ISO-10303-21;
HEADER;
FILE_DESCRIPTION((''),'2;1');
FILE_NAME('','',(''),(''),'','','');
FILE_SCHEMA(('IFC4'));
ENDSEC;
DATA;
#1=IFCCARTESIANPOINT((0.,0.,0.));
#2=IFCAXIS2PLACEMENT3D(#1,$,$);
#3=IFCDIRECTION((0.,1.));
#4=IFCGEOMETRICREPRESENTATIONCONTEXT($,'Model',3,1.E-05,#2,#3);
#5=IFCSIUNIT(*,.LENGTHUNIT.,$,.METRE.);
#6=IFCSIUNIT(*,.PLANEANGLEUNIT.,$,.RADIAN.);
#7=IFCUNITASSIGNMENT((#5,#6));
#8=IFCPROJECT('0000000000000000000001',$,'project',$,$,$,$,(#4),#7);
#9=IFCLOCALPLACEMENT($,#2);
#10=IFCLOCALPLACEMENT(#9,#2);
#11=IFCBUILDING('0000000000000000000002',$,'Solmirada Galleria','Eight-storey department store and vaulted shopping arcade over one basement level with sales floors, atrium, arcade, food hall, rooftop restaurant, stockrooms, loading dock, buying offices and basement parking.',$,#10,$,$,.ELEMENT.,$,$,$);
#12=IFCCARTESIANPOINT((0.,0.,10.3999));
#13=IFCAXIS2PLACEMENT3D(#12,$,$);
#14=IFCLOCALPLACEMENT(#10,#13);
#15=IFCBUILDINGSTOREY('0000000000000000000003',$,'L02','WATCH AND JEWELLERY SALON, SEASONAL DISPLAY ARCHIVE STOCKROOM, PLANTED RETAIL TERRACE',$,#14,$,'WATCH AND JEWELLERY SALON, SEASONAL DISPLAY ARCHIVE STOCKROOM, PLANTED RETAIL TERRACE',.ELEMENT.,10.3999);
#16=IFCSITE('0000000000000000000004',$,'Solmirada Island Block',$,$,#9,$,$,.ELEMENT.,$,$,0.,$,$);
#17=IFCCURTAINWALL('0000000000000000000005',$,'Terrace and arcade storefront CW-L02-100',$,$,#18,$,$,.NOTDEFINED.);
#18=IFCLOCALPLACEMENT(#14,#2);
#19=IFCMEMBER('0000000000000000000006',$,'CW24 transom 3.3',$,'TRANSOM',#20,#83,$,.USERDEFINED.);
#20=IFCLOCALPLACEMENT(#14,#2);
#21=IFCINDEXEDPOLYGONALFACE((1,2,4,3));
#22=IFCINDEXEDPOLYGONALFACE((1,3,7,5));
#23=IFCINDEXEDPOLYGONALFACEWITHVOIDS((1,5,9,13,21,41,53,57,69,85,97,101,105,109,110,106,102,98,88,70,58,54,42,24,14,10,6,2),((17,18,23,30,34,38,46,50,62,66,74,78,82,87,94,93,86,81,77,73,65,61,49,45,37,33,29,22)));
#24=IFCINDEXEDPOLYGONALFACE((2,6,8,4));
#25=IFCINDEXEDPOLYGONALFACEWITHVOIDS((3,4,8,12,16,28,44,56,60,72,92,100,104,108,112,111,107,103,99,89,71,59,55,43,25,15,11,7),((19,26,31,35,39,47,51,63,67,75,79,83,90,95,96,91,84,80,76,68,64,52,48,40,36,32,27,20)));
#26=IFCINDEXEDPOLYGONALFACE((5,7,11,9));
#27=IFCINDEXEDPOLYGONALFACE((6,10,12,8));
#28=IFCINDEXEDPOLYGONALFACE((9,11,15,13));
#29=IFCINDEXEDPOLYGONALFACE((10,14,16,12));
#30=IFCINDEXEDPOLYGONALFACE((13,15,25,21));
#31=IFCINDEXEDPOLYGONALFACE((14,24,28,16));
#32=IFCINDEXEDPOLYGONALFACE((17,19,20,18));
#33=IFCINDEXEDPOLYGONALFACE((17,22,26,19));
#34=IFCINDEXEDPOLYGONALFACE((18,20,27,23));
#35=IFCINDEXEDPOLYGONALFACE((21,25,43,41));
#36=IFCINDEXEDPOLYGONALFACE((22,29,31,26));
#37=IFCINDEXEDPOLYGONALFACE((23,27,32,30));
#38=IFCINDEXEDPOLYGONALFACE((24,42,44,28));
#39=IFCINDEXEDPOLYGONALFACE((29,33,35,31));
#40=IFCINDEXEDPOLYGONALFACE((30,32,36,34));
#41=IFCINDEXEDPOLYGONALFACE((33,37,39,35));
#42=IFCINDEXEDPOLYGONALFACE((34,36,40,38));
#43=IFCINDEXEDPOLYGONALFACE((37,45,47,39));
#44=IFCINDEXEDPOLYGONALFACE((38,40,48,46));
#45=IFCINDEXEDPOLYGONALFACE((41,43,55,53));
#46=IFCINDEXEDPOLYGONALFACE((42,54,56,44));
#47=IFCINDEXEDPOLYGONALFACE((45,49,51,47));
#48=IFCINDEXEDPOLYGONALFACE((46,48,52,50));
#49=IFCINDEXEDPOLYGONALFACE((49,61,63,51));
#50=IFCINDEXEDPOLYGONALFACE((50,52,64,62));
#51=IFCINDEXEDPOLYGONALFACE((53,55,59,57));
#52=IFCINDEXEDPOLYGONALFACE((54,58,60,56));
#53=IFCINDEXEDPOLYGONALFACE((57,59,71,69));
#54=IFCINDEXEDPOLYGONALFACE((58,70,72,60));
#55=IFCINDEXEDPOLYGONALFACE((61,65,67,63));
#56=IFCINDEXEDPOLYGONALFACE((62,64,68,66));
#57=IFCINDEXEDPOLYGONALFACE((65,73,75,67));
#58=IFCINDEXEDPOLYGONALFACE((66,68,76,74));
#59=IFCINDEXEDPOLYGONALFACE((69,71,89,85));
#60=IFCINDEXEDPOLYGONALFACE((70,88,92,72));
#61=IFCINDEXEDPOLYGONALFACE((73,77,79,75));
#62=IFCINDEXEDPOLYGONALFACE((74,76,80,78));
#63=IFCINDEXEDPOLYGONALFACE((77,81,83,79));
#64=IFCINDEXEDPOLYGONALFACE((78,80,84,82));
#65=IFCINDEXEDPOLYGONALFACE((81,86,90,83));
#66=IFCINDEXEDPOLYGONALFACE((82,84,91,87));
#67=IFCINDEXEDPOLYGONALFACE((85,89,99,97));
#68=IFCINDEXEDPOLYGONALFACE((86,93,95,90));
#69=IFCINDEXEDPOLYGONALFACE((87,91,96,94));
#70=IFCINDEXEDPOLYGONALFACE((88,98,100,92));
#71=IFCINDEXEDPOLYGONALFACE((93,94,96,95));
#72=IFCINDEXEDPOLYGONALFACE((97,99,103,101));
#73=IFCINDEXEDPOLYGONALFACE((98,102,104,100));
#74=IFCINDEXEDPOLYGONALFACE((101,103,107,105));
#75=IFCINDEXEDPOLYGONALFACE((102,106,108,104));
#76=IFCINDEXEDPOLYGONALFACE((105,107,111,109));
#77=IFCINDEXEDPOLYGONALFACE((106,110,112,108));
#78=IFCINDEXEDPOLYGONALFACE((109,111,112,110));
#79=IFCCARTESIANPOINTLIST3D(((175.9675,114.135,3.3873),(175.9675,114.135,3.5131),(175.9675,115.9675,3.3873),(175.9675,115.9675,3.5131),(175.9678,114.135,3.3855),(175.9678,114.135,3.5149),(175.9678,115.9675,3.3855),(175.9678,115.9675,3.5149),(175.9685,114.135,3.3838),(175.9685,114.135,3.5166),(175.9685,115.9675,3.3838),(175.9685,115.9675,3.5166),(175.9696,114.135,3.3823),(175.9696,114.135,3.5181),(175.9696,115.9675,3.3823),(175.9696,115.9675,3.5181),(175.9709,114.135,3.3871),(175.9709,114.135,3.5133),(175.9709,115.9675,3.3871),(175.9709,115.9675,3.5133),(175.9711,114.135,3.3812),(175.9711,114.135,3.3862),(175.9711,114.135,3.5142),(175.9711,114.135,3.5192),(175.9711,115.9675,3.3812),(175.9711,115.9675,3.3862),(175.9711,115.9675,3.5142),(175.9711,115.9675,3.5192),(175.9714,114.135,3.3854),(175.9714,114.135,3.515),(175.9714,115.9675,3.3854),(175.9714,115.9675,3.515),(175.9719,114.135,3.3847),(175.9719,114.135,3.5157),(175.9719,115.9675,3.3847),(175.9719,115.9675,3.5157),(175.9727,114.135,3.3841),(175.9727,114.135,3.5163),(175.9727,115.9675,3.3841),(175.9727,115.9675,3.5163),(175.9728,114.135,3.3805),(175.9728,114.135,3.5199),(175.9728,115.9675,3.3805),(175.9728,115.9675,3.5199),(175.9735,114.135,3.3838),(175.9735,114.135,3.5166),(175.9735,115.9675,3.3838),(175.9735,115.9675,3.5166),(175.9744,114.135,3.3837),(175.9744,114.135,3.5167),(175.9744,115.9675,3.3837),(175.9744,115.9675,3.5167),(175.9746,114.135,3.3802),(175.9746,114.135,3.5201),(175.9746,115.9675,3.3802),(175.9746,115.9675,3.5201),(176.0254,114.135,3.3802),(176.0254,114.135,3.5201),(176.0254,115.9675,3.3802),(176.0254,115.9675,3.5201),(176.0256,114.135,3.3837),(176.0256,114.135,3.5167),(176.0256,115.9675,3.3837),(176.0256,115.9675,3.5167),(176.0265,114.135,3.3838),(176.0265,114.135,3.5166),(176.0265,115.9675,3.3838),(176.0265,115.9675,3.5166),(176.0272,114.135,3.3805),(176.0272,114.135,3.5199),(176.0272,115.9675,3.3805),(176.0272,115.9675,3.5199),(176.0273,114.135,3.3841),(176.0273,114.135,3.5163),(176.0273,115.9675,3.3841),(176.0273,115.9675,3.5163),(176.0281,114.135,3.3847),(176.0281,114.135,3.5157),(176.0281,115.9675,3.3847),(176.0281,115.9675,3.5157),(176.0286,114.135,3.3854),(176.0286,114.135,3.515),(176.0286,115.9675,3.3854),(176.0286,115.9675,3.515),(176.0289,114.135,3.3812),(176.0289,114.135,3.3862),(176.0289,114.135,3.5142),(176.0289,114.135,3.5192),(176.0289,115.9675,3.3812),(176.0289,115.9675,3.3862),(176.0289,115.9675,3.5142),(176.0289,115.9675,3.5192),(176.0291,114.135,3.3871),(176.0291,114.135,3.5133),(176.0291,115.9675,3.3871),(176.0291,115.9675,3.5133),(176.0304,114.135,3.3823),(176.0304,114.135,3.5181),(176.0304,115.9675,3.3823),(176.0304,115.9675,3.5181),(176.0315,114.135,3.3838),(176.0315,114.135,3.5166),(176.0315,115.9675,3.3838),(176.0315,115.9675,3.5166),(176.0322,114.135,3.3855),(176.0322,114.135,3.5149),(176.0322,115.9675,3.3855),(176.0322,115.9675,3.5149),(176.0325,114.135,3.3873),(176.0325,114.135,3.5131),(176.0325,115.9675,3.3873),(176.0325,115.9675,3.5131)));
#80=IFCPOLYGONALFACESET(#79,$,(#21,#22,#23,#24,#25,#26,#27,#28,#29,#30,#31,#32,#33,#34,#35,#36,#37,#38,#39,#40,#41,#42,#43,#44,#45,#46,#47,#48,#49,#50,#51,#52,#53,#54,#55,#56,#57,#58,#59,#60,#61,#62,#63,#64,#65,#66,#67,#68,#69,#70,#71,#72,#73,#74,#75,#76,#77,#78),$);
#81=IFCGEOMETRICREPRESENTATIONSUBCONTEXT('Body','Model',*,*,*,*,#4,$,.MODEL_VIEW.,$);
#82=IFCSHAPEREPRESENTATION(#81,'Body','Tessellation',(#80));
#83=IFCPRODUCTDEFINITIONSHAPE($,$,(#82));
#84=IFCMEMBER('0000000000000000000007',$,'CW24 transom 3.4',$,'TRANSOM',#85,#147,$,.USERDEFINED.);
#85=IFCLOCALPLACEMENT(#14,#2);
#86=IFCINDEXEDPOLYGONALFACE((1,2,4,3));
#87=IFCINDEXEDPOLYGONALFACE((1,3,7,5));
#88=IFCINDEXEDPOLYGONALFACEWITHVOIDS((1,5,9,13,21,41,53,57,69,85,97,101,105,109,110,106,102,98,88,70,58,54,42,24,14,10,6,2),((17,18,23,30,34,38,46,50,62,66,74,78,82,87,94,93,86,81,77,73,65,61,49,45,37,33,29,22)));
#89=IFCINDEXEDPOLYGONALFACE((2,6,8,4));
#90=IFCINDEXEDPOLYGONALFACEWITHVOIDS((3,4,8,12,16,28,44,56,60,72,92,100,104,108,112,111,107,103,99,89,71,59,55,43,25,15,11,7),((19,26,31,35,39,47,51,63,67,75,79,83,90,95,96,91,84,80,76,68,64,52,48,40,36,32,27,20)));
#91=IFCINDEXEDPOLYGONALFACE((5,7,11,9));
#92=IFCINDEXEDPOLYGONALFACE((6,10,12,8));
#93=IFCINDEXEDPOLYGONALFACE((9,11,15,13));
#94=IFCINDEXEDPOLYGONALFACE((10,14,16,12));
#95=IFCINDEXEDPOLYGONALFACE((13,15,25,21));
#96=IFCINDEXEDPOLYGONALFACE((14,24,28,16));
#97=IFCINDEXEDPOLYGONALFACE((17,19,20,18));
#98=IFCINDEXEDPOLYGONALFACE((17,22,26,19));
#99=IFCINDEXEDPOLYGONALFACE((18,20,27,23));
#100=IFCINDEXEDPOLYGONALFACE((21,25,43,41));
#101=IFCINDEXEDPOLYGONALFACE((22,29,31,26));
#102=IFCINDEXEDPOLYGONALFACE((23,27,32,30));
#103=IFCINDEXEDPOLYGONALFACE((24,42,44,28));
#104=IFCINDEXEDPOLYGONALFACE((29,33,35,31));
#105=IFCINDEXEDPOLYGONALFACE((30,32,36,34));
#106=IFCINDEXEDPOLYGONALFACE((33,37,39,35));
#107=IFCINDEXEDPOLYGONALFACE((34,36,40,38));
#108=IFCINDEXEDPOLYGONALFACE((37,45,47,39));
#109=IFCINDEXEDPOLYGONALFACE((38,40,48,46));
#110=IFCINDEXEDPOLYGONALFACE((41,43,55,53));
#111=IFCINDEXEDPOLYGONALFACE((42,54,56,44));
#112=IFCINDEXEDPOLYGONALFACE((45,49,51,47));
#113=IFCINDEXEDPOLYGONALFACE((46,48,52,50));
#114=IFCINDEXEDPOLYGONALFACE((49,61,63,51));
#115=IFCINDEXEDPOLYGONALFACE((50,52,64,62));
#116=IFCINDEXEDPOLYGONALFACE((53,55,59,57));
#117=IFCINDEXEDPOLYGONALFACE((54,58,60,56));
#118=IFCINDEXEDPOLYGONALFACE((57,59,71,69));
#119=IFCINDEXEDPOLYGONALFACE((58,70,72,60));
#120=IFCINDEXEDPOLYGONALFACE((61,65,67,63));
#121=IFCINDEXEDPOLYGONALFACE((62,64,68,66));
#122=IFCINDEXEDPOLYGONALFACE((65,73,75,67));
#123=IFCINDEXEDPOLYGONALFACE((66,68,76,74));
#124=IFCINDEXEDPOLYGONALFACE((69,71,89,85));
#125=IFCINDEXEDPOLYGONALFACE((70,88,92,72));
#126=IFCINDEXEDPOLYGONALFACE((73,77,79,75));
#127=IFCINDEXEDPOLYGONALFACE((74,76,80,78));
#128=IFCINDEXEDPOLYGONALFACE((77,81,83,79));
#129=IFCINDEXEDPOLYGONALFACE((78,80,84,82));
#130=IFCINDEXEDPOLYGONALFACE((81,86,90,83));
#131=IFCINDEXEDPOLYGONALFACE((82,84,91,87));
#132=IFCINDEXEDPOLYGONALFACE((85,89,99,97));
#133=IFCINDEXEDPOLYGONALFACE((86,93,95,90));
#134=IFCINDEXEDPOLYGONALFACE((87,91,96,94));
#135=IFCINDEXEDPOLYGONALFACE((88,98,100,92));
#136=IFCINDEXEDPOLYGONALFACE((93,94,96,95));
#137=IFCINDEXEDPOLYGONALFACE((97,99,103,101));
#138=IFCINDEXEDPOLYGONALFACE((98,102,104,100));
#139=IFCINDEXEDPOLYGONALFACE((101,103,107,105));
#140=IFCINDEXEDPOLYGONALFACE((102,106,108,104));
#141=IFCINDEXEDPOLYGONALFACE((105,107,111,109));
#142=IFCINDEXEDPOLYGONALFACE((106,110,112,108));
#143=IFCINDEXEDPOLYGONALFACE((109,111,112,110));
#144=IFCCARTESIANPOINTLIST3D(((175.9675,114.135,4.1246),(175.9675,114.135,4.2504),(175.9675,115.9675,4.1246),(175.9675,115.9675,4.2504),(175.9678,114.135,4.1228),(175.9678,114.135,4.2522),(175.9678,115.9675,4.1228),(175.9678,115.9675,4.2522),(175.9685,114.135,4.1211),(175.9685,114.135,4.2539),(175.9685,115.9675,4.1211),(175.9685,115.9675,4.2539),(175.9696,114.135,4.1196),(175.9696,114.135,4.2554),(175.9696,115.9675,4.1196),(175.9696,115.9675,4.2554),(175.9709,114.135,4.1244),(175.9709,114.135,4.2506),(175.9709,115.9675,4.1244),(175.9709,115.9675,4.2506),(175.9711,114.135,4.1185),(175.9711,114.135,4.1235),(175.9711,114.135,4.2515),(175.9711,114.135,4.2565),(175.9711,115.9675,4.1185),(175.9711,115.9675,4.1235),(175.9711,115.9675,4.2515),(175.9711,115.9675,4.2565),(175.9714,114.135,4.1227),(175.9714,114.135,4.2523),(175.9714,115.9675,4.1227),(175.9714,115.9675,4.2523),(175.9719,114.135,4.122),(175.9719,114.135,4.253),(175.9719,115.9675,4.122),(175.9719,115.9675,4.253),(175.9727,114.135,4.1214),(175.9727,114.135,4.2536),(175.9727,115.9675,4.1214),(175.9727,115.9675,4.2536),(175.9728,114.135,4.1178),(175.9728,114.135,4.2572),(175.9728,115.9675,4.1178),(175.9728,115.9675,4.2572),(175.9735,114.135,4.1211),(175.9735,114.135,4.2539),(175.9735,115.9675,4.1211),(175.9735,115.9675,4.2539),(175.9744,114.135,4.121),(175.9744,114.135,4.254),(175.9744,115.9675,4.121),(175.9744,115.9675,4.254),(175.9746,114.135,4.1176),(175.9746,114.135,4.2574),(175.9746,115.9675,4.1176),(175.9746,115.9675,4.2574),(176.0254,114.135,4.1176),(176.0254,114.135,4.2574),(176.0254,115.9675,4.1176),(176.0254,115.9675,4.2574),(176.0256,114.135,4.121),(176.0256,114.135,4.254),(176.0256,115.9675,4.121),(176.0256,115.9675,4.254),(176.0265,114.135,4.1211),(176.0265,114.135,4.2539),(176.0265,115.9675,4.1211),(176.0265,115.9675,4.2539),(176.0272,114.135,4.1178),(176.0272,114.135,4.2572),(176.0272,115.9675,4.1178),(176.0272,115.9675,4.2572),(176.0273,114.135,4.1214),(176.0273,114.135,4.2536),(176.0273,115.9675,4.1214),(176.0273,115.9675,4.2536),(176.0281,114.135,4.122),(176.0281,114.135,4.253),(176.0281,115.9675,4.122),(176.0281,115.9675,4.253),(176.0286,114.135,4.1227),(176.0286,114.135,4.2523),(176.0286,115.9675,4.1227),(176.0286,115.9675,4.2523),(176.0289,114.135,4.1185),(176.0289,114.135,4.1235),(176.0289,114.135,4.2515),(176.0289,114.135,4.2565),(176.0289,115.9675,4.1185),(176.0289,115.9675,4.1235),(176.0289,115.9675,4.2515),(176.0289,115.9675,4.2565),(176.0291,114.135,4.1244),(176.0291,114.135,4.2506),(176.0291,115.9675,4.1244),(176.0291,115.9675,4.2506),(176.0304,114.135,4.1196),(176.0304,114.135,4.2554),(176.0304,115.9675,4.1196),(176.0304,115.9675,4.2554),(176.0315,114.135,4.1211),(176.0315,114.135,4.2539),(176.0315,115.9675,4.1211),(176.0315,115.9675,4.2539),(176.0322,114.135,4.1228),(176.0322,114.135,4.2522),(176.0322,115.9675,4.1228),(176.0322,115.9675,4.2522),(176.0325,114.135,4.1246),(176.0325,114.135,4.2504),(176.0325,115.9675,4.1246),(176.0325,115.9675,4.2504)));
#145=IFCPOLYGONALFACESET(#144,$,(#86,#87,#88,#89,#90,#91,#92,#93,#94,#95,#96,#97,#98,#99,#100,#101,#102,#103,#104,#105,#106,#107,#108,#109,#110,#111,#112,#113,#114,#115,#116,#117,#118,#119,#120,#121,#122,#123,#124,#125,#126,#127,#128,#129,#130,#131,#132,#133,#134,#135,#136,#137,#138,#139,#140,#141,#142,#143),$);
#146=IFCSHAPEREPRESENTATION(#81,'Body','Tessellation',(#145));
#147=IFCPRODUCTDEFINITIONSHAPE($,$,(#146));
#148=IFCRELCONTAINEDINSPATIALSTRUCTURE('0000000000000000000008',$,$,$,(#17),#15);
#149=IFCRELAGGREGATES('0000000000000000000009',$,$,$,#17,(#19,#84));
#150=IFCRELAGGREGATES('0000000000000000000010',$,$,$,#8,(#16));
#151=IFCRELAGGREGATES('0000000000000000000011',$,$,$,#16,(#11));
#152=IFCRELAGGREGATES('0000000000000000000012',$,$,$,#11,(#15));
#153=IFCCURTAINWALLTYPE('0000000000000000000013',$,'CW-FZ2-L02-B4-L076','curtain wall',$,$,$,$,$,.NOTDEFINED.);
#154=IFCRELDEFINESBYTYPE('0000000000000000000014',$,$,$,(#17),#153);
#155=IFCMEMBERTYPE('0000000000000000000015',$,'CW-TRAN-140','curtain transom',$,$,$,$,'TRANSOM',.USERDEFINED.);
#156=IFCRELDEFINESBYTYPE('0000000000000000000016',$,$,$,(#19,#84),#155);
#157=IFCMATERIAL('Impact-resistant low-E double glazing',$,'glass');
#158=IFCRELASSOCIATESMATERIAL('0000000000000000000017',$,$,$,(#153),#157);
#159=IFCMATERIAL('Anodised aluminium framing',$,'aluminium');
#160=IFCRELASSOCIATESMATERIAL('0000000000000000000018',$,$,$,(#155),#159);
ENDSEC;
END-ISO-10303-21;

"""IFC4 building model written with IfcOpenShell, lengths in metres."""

from ifc_helpers import new_model, si_unit, direction, frame, origin, origin_2d, place, context, subcontext, project, spatial, hollow_rectangle, extrude, material, material_profile, profile_set, type_object, element, aggregate, save


model = new_model("IFC4")

# Units and contexts
model_context = context("Model", 3, precision=1e-05, world=origin(), true_north=direction((0.0, 1.0)))
body_context = subcontext(model_context, "Body", "Model", "MODEL_VIEW")
ifc_project = project(units=[si_unit("LENGTHUNIT", "METRE"), si_unit("PLANEANGLEUNIT", "RADIAN")], contexts=[model_context])

# Site, building, storey
site_placement = place(None, origin())
site = spatial("IfcSite", under=ifc_project, at=site_placement, Name="Solmirada Island Block", CompositionType="ELEMENT", RefElevation=0.0)
building_placement = place(site_placement, origin())
building = spatial("IfcBuilding", under=site, at=building_placement, Name="Solmirada Galleria", Description="Eight-storey department store and vaulted shopping arcade over one basement level with sales floors, atrium, arcade, food hall, rooftop restaurant, stockrooms, loading dock, buying offices and basement parking.", CompositionType="ELEMENT")
storey_placement = place(building_placement, frame((0.0, 0.0, 10.3999)))
storey = spatial("IfcBuildingStorey", under=building, at=storey_placement, Name="L02", Description="WATCH AND JEWELLERY SALON, SEASONAL DISPLAY ARCHIVE STOCKROOM, PLANTED RETAIL TERRACE", LongName="WATCH AND JEWELLERY SALON, SEASONAL DISPLAY ARCHIVE STOCKROOM, PLANTED RETAIL TERRACE", CompositionType="ELEMENT", Elevation=10.3999)

# Curtain wall, members
ifc_material_1 = material(Name="Impact-resistant low-E double glazing", Category="glass")
curtain_wall_type = type_object("IfcCurtainWallType", Name="CW-FZ2-L02-B4-L076", Description="curtain wall", PredefinedType="NOTDEFINED", material=ifc_material_1)
curtain_wall_placement = place(storey_placement, origin())
curtain_wall = element("IfcCurtainWall", 1, at=curtain_wall_placement, inside=storey, type_object=curtain_wall_type, Name="Terrace and arcade storefront CW-L02-100", PredefinedType="NOTDEFINED")
ifc_material_2 = material(Name="Anodised aluminium framing", Category="aluminium")
ifc_material_profile_1 = material_profile(ifc_material_2, hollow_rectangle(XDim=0.0649, YDim=0.1399, WallThickness=0.0034, InnerFilletRadius=0.0034, OuterFilletRadius=0.0071, at=origin_2d()), Name="ALU-TRAN-140X65")
ifc_profile_set_1 = profile_set([ifc_material_profile_1], Name="Anodised aluminium framing")
member_type_1 = type_object("IfcMemberType", Name="CW-TRAN-140", Description="curtain transom", ElementType="TRANSOM", PredefinedType="USERDEFINED", material=ifc_profile_set_1)
member_1_placement = place(storey_placement, frame((176.0, 115.9675, 3.4502), z_axis=(0.0, -1.0, 0.0), x_axis=(1.0, 0.0, 0.0)))
member_1 = element("IfcMember", 2, at=member_1_placement, type_object=member_type_1, Name="CW24 transom 3.3", ObjectType="TRANSOM", PredefinedType="USERDEFINED", context=body_context, shape_type="SweptSolid", body=[
    extrude(hollow_rectangle(XDim=0.0649, YDim=0.1399, WallThickness=0.0034, InnerFilletRadius=0.0034, OuterFilletRadius=0.0071, at=origin_2d()), origin(), (0.0, 0.0, 1.0), 1.8325),
])
member_2_placement = place(storey_placement, frame((176.0, 115.9675, 4.1875), z_axis=(0.0, -1.0, 0.0), x_axis=(1.0, 0.0, 0.0)))
member_2 = element("IfcMember", 3, at=member_2_placement, type_object=member_type_1, Name="CW24 transom 3.4", ObjectType="TRANSOM", PredefinedType="USERDEFINED", context=body_context, shape_type="SweptSolid", body=[
    extrude(hollow_rectangle(XDim=0.0649, YDim=0.1399, WallThickness=0.0034, InnerFilletRadius=0.0034, OuterFilletRadius=0.0071, at=origin_2d()), origin(), (0.0, 0.0, 1.0), 1.8325),
])
aggregate(curtain_wall, [member_1, member_2])

save(model, "model.ifc")
